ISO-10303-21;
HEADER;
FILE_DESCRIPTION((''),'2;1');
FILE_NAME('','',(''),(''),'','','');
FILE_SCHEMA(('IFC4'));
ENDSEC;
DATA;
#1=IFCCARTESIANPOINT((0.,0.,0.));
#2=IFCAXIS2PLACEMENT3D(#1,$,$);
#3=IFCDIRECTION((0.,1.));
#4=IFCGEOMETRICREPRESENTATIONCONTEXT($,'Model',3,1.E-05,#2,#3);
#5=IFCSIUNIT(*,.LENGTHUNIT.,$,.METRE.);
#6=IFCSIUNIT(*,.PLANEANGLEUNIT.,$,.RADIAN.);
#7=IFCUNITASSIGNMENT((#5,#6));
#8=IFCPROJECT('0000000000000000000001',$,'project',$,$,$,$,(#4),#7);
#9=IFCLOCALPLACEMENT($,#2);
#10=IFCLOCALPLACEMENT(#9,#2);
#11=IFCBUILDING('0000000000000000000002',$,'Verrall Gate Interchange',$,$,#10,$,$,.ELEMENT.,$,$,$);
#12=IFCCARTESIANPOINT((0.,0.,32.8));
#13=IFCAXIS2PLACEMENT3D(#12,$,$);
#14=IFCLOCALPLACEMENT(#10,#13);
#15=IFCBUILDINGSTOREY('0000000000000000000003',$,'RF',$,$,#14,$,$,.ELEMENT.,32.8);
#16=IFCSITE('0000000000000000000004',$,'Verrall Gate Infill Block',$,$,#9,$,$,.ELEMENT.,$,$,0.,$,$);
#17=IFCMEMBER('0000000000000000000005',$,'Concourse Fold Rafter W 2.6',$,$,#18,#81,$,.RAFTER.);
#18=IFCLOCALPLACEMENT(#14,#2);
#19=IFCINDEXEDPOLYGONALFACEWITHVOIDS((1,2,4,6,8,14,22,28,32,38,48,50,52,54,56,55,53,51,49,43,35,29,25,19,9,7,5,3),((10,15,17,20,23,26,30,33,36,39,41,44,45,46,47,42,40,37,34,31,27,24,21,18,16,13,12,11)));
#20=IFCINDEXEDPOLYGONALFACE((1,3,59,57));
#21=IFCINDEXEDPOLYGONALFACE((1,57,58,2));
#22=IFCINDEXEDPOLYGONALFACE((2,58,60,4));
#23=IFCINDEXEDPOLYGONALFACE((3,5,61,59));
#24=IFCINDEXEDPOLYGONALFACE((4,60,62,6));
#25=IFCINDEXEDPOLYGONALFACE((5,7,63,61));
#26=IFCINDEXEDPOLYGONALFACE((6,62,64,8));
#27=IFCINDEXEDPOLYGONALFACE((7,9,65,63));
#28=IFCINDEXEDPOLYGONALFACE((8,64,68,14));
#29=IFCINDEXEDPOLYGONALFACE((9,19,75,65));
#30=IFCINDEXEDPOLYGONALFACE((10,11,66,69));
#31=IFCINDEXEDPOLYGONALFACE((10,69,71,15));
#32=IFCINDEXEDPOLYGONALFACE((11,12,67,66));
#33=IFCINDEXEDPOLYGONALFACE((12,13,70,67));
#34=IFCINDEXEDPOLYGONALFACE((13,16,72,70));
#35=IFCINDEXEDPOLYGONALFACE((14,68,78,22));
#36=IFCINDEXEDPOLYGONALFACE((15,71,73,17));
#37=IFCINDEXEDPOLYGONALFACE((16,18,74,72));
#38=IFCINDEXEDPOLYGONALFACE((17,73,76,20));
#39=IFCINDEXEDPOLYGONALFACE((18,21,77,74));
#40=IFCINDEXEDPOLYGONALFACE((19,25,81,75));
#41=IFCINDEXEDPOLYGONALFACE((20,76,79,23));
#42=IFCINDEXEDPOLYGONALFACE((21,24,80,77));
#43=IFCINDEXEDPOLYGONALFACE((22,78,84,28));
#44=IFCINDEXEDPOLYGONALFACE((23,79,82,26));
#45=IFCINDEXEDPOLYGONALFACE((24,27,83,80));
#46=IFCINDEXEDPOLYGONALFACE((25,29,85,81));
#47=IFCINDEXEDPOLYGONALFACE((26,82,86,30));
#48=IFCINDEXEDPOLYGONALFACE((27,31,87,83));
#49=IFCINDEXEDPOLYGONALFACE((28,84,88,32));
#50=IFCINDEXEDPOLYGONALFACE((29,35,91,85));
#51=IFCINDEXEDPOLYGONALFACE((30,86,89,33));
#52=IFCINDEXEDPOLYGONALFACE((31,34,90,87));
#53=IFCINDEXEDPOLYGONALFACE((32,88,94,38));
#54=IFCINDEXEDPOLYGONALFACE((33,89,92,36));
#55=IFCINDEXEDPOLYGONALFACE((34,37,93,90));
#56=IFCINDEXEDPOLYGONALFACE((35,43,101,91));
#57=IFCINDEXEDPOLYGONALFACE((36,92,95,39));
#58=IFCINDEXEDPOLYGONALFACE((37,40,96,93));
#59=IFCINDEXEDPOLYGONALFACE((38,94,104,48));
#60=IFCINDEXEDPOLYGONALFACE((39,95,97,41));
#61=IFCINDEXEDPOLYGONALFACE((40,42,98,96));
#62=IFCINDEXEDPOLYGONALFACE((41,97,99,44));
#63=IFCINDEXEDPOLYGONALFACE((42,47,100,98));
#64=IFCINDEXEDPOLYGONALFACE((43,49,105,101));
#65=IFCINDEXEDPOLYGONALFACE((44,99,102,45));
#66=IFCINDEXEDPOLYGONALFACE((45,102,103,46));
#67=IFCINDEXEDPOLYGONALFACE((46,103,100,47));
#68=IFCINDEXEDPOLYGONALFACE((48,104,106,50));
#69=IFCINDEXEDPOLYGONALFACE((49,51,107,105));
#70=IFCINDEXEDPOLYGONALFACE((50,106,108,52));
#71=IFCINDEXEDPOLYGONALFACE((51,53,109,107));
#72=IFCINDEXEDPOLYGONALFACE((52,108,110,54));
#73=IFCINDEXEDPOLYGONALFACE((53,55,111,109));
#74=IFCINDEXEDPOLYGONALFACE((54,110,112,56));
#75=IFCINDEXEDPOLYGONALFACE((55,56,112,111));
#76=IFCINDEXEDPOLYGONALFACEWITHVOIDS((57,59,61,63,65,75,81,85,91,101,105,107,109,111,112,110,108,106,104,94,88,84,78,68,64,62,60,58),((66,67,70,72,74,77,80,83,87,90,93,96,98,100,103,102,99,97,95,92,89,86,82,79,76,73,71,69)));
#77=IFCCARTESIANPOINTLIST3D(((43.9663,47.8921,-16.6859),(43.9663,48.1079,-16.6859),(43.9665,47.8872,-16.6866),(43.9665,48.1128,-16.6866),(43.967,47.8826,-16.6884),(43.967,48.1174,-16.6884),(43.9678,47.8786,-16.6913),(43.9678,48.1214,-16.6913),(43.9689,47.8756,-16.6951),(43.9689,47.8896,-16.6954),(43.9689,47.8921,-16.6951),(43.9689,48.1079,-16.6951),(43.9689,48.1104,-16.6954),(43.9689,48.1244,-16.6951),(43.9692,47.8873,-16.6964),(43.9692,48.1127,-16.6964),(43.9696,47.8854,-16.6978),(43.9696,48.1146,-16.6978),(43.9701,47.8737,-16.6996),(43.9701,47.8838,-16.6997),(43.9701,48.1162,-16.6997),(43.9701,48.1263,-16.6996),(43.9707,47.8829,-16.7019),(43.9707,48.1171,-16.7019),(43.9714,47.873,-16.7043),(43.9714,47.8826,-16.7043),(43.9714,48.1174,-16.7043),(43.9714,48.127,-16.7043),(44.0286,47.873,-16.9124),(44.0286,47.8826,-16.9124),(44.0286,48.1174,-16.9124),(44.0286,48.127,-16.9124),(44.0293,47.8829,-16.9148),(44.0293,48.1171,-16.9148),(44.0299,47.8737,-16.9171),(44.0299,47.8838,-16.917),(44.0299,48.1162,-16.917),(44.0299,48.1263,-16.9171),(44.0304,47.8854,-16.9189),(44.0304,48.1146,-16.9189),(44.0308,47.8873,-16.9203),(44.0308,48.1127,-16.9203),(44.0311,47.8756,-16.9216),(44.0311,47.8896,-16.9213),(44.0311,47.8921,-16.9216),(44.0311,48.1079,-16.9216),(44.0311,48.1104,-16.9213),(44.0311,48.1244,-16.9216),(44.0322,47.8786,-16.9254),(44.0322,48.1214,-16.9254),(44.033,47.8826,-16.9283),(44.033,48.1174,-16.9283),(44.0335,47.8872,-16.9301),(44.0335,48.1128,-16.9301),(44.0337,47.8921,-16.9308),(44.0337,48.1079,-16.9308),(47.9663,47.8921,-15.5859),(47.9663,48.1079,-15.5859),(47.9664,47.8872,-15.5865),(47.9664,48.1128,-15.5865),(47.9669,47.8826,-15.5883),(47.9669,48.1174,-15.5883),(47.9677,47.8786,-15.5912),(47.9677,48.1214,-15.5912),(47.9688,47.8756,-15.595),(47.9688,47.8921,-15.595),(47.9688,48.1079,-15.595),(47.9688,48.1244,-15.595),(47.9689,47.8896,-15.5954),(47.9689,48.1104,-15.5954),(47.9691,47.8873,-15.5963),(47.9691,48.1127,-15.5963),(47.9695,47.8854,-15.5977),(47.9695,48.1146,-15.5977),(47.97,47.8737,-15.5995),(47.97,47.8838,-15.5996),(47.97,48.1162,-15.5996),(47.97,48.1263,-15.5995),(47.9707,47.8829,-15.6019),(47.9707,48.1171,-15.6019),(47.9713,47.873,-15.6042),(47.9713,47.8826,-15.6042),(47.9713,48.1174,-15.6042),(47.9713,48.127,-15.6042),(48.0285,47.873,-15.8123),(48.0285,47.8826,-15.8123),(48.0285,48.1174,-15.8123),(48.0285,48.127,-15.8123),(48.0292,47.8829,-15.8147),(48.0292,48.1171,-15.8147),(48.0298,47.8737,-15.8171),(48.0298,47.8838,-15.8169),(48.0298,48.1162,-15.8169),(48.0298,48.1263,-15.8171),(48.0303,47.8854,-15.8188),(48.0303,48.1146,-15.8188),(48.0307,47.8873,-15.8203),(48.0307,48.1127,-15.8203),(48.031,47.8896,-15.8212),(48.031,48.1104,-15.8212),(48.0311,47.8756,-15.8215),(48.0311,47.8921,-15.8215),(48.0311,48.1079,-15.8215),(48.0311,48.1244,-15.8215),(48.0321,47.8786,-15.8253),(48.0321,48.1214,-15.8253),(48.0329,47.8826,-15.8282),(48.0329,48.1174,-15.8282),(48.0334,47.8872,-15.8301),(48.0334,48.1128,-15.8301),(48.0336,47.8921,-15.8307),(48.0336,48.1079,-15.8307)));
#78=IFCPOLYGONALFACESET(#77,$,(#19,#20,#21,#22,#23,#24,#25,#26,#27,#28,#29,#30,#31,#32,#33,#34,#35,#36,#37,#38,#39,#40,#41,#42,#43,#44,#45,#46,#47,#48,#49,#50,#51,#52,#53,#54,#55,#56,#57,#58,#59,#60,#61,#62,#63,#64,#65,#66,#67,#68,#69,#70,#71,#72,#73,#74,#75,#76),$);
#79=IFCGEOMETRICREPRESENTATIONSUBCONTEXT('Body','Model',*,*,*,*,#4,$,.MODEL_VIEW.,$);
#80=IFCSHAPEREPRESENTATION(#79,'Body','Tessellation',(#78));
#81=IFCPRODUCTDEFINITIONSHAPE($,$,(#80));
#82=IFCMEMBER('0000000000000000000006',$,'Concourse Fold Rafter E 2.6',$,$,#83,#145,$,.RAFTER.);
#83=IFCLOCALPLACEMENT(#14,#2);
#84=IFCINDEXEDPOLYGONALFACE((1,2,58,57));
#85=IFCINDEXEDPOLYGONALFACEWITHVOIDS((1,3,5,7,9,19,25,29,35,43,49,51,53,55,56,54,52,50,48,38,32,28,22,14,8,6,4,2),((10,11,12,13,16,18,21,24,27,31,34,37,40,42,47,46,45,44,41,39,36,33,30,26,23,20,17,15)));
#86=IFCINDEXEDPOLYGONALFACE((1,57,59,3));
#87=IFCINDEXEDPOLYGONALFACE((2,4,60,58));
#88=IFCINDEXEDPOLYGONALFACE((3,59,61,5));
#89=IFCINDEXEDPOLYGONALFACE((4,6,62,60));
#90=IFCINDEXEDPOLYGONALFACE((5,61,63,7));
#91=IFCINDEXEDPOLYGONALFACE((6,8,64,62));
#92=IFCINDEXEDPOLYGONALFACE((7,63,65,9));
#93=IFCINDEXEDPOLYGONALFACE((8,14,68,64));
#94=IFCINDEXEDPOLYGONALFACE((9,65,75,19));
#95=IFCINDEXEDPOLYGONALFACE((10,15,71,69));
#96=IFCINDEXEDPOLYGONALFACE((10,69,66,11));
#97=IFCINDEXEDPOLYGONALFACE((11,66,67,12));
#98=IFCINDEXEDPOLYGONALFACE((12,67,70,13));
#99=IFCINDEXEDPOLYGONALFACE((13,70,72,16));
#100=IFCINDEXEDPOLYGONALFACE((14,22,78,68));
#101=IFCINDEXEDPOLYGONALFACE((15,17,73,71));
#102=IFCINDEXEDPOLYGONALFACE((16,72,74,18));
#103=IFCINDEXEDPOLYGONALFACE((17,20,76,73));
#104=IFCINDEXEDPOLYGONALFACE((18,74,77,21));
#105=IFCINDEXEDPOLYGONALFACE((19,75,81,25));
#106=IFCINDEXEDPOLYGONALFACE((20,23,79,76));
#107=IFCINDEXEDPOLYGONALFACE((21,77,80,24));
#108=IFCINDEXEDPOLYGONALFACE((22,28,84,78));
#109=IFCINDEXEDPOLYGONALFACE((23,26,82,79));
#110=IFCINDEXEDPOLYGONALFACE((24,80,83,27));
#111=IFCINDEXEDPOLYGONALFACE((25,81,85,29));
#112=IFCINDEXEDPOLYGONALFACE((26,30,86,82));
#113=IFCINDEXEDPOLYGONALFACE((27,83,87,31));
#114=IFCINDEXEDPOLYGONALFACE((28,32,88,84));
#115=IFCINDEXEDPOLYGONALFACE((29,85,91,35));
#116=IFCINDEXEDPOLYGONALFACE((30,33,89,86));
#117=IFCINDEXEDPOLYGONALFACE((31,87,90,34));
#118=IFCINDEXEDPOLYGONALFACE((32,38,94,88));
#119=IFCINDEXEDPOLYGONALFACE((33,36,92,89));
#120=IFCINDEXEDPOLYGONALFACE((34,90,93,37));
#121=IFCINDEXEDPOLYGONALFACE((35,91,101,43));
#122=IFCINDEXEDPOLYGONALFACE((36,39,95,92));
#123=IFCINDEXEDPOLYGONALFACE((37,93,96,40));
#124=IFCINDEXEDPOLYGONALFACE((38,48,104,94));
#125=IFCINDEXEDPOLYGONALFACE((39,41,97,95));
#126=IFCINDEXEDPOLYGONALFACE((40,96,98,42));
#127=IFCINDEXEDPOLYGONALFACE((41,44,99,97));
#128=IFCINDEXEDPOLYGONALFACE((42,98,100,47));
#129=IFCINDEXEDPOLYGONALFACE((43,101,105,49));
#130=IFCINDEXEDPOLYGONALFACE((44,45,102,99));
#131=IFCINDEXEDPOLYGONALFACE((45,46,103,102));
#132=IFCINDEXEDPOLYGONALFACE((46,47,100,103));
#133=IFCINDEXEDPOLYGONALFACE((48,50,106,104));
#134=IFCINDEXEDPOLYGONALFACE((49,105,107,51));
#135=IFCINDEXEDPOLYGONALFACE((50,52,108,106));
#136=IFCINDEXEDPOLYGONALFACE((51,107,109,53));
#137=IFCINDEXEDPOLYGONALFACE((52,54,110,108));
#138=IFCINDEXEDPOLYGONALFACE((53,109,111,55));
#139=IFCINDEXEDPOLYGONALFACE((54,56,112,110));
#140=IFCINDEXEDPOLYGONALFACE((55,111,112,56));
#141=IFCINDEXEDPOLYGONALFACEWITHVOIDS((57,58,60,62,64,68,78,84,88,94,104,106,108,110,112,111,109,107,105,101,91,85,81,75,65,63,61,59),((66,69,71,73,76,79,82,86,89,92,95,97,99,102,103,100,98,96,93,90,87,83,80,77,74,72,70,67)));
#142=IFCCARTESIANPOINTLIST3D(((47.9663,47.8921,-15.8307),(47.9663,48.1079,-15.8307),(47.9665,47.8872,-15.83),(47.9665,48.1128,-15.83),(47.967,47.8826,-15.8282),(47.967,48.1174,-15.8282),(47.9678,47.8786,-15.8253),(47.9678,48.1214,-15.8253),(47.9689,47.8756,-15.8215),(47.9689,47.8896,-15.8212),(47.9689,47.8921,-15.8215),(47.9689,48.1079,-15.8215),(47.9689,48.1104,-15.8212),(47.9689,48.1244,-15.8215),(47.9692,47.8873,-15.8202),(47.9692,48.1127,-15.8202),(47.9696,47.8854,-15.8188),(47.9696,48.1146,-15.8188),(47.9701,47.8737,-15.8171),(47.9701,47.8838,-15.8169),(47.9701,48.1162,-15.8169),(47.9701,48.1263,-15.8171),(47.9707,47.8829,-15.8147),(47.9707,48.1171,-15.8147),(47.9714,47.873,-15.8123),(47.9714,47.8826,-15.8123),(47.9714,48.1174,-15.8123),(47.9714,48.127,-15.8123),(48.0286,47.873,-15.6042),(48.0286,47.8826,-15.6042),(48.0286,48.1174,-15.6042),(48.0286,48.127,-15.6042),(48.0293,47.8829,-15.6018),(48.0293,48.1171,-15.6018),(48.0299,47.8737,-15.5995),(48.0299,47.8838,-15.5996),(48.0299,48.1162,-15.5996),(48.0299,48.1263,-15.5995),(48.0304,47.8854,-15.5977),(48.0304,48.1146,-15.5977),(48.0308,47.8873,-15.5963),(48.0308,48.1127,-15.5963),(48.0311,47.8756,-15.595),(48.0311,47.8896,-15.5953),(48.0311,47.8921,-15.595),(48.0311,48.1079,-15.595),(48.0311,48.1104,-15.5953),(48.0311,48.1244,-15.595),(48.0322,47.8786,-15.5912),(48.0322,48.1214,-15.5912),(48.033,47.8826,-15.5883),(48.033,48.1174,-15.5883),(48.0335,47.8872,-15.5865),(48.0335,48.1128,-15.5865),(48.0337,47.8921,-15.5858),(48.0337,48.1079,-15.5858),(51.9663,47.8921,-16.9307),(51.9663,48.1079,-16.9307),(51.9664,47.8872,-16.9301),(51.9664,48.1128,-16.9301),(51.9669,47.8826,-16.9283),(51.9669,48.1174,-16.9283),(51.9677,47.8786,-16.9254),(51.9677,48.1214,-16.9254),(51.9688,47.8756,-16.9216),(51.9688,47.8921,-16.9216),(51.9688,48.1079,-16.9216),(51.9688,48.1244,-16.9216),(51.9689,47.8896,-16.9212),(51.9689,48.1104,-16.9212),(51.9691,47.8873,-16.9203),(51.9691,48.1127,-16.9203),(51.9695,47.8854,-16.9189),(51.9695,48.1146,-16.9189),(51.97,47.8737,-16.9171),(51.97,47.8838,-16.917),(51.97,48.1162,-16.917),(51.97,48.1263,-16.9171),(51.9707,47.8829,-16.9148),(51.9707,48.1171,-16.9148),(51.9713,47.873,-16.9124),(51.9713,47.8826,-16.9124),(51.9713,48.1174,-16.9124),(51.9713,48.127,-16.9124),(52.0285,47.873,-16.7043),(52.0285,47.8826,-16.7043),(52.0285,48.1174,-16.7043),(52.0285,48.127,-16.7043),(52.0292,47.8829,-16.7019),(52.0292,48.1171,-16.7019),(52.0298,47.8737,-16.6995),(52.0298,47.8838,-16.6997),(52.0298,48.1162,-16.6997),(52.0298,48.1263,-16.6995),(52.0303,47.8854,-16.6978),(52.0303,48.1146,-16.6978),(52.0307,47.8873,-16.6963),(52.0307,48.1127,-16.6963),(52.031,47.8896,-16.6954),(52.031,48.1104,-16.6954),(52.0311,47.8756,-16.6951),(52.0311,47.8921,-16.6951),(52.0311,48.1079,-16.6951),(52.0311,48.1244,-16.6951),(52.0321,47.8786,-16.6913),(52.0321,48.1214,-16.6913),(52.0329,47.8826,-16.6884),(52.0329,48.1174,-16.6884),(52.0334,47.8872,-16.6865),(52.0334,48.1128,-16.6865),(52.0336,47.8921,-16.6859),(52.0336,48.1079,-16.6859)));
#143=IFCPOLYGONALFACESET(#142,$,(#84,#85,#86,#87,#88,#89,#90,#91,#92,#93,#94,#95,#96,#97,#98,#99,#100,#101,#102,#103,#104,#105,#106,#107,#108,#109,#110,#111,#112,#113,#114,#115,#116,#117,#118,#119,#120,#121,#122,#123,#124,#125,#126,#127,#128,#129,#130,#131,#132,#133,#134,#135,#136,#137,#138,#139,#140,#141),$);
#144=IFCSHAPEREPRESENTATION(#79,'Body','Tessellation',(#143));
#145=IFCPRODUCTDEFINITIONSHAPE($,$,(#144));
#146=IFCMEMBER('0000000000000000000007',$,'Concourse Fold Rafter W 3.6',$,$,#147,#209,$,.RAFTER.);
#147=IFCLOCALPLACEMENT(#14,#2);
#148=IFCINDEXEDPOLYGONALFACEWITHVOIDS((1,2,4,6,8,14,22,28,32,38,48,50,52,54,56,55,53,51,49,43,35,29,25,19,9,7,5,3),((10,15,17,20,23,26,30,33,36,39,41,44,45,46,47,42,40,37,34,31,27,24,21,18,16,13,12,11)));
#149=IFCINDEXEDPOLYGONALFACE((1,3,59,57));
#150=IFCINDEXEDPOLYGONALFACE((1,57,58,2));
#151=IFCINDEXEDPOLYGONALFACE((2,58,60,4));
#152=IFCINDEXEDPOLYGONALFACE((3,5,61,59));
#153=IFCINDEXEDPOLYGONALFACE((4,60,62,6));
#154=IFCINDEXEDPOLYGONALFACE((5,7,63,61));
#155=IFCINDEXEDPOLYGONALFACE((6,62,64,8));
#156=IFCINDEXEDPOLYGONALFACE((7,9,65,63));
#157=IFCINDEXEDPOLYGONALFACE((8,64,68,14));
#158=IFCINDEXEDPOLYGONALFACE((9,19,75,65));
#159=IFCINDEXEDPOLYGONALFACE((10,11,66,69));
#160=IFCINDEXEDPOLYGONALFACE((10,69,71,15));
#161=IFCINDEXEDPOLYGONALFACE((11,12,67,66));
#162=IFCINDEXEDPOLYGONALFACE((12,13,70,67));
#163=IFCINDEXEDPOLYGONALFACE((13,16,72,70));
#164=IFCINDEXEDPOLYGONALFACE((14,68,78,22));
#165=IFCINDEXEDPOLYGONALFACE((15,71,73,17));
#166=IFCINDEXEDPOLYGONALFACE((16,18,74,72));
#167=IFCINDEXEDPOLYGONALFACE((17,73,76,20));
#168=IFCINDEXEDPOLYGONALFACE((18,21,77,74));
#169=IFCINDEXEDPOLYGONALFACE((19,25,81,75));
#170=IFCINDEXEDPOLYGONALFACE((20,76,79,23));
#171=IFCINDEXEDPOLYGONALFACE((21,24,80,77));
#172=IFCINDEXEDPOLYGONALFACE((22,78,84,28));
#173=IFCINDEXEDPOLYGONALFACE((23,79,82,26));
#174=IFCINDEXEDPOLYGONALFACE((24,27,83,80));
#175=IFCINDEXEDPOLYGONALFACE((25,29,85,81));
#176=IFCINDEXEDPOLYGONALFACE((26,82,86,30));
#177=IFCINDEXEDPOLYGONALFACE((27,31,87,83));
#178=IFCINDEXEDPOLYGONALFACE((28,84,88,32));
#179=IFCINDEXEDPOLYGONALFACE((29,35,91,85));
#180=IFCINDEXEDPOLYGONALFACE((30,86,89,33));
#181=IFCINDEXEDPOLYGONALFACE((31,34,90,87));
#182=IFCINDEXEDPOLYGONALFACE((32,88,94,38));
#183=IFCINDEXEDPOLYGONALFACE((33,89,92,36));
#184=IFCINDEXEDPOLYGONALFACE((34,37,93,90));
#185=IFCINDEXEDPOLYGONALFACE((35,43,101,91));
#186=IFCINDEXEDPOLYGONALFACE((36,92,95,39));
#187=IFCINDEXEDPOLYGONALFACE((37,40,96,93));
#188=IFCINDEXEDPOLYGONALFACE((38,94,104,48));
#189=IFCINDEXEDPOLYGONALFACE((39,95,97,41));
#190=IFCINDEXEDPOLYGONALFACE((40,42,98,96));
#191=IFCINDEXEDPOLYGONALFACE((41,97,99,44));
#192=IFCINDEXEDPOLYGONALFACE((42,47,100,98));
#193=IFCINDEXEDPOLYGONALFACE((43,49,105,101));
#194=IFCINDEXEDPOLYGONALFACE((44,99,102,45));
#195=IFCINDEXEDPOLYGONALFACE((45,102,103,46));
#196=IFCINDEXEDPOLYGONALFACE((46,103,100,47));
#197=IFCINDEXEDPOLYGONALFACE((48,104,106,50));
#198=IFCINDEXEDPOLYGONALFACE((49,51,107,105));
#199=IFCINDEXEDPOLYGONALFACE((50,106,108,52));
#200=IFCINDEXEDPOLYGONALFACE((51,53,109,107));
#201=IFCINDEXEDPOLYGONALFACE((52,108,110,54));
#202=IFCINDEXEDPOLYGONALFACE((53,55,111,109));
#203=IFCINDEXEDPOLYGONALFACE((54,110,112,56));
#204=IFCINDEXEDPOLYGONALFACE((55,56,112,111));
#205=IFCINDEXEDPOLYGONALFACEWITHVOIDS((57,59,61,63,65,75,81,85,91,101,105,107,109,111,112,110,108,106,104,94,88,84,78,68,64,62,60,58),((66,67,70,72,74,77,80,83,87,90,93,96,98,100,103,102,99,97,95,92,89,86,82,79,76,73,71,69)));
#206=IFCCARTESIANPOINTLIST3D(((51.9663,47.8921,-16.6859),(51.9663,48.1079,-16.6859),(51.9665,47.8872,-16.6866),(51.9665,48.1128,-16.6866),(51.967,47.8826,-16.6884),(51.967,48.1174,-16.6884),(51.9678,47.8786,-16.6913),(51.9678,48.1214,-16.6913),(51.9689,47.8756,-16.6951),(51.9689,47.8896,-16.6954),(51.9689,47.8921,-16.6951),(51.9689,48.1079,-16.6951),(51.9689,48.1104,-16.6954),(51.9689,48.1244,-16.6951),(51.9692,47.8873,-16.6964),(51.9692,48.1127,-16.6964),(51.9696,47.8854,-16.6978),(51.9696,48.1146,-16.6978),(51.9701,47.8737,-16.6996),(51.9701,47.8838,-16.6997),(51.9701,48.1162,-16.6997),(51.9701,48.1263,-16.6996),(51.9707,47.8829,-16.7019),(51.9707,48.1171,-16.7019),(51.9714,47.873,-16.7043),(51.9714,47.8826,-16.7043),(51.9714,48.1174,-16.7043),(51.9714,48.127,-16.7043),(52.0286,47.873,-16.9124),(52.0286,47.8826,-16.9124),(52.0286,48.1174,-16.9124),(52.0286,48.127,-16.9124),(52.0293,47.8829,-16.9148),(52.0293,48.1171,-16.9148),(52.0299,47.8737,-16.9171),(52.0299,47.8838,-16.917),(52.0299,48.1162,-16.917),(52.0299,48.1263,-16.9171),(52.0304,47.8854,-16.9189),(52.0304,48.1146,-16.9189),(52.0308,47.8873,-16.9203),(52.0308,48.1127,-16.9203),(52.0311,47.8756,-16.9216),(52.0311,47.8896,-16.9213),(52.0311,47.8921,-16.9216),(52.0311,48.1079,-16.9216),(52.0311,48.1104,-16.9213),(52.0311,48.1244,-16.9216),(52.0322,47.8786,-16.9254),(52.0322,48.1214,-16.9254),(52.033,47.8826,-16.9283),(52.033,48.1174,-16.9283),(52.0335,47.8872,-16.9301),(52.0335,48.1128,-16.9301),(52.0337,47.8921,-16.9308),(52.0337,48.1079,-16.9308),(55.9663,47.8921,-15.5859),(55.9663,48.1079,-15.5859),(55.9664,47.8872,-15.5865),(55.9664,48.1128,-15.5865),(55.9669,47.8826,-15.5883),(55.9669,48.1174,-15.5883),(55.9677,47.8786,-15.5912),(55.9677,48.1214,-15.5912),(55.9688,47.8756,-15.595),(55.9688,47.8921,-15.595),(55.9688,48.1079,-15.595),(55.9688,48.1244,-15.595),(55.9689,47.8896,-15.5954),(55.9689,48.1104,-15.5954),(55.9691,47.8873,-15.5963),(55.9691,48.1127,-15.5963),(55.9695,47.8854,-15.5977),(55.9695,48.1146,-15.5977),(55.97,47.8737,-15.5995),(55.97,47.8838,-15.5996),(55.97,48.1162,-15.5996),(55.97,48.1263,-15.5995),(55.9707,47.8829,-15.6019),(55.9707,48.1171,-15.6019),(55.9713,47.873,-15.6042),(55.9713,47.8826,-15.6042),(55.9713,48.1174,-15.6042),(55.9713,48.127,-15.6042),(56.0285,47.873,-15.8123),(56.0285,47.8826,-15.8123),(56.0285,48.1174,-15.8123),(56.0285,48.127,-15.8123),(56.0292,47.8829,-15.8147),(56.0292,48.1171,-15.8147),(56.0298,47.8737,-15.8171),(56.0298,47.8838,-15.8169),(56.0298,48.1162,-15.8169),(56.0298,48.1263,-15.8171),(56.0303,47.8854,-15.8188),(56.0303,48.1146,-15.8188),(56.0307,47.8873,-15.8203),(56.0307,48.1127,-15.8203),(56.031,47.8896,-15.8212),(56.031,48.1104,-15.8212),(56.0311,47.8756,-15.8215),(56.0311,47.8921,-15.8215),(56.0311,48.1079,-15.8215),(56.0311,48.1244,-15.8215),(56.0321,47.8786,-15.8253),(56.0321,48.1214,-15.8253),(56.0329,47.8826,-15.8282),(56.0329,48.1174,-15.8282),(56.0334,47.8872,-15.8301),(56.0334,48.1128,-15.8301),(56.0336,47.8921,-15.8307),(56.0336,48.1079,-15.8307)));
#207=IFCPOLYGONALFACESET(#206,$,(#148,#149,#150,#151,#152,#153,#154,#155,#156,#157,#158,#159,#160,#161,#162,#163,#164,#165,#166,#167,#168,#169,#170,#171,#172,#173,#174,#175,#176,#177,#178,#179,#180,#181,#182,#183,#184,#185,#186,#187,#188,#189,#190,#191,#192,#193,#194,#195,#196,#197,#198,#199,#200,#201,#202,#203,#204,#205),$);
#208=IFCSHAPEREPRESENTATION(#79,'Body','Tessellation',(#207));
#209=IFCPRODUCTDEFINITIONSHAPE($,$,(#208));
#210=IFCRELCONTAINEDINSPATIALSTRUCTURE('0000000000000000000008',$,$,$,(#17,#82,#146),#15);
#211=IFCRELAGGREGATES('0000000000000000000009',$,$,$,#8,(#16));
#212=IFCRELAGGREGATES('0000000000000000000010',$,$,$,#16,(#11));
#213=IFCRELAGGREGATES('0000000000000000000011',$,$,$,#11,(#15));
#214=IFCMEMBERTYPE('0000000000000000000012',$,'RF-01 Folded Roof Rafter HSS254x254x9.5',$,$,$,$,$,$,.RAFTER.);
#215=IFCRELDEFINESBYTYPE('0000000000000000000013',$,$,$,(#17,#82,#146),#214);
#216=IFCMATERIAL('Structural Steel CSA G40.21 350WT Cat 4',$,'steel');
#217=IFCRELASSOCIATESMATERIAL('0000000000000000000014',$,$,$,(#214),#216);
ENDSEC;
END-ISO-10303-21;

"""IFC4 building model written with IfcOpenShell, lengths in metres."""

from ifc_helpers import new_model, si_unit, direction, frame, origin, origin_2d, place, context, subcontext, project, spatial, hollow_rectangle, extrude, material, material_profile, profile_set, type_object, element, save


model = new_model("IFC4")

# Units and contexts
model_context = context("Model", 3, precision=1e-05, world=origin(), true_north=direction((0.0, 1.0)))
body_context = subcontext(model_context, "Body", "Model", "MODEL_VIEW")
ifc_project = project(units=[si_unit("LENGTHUNIT", "METRE"), si_unit("PLANEANGLEUNIT", "RADIAN")], contexts=[model_context])

# Site, building, storey
site_placement = place(None, origin())
site = spatial("IfcSite", under=ifc_project, at=site_placement, Name="Verrall Gate Infill Block", CompositionType="ELEMENT", RefElevation=0.0)
building_placement = place(site_placement, origin())
building = spatial("IfcBuilding", under=site, at=building_placement, Name="Verrall Gate Interchange", CompositionType="ELEMENT")
storey_placement = place(building_placement, frame((0.0, 0.0, 32.8)))
storey = spatial("IfcBuildingStorey", under=building, at=storey_placement, Name="RF", CompositionType="ELEMENT", Elevation=32.8)

# Members
ifc_material_1 = material(Name="Structural Steel CSA G40.21 350WT Cat 4", Category="steel")
ifc_material_profile_1 = material_profile(ifc_material_1, hollow_rectangle(XDim=0.2539, YDim=0.2539, WallThickness=0.0095, InnerFilletRadius=0.0095, OuterFilletRadius=0.019, at=origin_2d()), Name="HSS254x254x9.5")
ifc_profile_set_1 = profile_set([ifc_material_profile_1], Name="Structural Steel CSA G40.21 350WT Cat 4")
member_type_1 = type_object("IfcMemberType", Name="RF-01 Folded Roof Rafter HSS254x254x9.5", PredefinedType="RAFTER", material=ifc_profile_set_1)
for number, where, z_axis, x_axis, name in (
    (1, (44.0, 48.0, -16.8083), (0.964199, 0.0, 0.265178), (0.0, 1.0, 0.0), "Concourse Fold Rafter W 2.6"),
    (2, (48.0, 48.0, -15.7083), (0.964199, 0.0, -0.265178), (0.0, 1.0, 0.0), "Concourse Fold Rafter E 2.6"),
    (3, (52.0, 48.0, -16.8083), (0.964199, 0.0, 0.265178), (0.0, 1.0, 0.0), "Concourse Fold Rafter W 3.6"),
):
    element("IfcMember", number, at=place(storey_placement, frame(where, z_axis=z_axis, x_axis=x_axis)), inside=storey, type_object=member_type_1, Name=name, PredefinedType="RAFTER", context=body_context, shape_type="SweptSolid", body=[
        extrude(hollow_rectangle(XDim=0.2539, YDim=0.2539, WallThickness=0.0095, InnerFilletRadius=0.0095, OuterFilletRadius=0.019, at=origin_2d()), origin(), (0.0, 0.0, 1.0), 4.1484),
    ])

save(model, "model.ifc")
